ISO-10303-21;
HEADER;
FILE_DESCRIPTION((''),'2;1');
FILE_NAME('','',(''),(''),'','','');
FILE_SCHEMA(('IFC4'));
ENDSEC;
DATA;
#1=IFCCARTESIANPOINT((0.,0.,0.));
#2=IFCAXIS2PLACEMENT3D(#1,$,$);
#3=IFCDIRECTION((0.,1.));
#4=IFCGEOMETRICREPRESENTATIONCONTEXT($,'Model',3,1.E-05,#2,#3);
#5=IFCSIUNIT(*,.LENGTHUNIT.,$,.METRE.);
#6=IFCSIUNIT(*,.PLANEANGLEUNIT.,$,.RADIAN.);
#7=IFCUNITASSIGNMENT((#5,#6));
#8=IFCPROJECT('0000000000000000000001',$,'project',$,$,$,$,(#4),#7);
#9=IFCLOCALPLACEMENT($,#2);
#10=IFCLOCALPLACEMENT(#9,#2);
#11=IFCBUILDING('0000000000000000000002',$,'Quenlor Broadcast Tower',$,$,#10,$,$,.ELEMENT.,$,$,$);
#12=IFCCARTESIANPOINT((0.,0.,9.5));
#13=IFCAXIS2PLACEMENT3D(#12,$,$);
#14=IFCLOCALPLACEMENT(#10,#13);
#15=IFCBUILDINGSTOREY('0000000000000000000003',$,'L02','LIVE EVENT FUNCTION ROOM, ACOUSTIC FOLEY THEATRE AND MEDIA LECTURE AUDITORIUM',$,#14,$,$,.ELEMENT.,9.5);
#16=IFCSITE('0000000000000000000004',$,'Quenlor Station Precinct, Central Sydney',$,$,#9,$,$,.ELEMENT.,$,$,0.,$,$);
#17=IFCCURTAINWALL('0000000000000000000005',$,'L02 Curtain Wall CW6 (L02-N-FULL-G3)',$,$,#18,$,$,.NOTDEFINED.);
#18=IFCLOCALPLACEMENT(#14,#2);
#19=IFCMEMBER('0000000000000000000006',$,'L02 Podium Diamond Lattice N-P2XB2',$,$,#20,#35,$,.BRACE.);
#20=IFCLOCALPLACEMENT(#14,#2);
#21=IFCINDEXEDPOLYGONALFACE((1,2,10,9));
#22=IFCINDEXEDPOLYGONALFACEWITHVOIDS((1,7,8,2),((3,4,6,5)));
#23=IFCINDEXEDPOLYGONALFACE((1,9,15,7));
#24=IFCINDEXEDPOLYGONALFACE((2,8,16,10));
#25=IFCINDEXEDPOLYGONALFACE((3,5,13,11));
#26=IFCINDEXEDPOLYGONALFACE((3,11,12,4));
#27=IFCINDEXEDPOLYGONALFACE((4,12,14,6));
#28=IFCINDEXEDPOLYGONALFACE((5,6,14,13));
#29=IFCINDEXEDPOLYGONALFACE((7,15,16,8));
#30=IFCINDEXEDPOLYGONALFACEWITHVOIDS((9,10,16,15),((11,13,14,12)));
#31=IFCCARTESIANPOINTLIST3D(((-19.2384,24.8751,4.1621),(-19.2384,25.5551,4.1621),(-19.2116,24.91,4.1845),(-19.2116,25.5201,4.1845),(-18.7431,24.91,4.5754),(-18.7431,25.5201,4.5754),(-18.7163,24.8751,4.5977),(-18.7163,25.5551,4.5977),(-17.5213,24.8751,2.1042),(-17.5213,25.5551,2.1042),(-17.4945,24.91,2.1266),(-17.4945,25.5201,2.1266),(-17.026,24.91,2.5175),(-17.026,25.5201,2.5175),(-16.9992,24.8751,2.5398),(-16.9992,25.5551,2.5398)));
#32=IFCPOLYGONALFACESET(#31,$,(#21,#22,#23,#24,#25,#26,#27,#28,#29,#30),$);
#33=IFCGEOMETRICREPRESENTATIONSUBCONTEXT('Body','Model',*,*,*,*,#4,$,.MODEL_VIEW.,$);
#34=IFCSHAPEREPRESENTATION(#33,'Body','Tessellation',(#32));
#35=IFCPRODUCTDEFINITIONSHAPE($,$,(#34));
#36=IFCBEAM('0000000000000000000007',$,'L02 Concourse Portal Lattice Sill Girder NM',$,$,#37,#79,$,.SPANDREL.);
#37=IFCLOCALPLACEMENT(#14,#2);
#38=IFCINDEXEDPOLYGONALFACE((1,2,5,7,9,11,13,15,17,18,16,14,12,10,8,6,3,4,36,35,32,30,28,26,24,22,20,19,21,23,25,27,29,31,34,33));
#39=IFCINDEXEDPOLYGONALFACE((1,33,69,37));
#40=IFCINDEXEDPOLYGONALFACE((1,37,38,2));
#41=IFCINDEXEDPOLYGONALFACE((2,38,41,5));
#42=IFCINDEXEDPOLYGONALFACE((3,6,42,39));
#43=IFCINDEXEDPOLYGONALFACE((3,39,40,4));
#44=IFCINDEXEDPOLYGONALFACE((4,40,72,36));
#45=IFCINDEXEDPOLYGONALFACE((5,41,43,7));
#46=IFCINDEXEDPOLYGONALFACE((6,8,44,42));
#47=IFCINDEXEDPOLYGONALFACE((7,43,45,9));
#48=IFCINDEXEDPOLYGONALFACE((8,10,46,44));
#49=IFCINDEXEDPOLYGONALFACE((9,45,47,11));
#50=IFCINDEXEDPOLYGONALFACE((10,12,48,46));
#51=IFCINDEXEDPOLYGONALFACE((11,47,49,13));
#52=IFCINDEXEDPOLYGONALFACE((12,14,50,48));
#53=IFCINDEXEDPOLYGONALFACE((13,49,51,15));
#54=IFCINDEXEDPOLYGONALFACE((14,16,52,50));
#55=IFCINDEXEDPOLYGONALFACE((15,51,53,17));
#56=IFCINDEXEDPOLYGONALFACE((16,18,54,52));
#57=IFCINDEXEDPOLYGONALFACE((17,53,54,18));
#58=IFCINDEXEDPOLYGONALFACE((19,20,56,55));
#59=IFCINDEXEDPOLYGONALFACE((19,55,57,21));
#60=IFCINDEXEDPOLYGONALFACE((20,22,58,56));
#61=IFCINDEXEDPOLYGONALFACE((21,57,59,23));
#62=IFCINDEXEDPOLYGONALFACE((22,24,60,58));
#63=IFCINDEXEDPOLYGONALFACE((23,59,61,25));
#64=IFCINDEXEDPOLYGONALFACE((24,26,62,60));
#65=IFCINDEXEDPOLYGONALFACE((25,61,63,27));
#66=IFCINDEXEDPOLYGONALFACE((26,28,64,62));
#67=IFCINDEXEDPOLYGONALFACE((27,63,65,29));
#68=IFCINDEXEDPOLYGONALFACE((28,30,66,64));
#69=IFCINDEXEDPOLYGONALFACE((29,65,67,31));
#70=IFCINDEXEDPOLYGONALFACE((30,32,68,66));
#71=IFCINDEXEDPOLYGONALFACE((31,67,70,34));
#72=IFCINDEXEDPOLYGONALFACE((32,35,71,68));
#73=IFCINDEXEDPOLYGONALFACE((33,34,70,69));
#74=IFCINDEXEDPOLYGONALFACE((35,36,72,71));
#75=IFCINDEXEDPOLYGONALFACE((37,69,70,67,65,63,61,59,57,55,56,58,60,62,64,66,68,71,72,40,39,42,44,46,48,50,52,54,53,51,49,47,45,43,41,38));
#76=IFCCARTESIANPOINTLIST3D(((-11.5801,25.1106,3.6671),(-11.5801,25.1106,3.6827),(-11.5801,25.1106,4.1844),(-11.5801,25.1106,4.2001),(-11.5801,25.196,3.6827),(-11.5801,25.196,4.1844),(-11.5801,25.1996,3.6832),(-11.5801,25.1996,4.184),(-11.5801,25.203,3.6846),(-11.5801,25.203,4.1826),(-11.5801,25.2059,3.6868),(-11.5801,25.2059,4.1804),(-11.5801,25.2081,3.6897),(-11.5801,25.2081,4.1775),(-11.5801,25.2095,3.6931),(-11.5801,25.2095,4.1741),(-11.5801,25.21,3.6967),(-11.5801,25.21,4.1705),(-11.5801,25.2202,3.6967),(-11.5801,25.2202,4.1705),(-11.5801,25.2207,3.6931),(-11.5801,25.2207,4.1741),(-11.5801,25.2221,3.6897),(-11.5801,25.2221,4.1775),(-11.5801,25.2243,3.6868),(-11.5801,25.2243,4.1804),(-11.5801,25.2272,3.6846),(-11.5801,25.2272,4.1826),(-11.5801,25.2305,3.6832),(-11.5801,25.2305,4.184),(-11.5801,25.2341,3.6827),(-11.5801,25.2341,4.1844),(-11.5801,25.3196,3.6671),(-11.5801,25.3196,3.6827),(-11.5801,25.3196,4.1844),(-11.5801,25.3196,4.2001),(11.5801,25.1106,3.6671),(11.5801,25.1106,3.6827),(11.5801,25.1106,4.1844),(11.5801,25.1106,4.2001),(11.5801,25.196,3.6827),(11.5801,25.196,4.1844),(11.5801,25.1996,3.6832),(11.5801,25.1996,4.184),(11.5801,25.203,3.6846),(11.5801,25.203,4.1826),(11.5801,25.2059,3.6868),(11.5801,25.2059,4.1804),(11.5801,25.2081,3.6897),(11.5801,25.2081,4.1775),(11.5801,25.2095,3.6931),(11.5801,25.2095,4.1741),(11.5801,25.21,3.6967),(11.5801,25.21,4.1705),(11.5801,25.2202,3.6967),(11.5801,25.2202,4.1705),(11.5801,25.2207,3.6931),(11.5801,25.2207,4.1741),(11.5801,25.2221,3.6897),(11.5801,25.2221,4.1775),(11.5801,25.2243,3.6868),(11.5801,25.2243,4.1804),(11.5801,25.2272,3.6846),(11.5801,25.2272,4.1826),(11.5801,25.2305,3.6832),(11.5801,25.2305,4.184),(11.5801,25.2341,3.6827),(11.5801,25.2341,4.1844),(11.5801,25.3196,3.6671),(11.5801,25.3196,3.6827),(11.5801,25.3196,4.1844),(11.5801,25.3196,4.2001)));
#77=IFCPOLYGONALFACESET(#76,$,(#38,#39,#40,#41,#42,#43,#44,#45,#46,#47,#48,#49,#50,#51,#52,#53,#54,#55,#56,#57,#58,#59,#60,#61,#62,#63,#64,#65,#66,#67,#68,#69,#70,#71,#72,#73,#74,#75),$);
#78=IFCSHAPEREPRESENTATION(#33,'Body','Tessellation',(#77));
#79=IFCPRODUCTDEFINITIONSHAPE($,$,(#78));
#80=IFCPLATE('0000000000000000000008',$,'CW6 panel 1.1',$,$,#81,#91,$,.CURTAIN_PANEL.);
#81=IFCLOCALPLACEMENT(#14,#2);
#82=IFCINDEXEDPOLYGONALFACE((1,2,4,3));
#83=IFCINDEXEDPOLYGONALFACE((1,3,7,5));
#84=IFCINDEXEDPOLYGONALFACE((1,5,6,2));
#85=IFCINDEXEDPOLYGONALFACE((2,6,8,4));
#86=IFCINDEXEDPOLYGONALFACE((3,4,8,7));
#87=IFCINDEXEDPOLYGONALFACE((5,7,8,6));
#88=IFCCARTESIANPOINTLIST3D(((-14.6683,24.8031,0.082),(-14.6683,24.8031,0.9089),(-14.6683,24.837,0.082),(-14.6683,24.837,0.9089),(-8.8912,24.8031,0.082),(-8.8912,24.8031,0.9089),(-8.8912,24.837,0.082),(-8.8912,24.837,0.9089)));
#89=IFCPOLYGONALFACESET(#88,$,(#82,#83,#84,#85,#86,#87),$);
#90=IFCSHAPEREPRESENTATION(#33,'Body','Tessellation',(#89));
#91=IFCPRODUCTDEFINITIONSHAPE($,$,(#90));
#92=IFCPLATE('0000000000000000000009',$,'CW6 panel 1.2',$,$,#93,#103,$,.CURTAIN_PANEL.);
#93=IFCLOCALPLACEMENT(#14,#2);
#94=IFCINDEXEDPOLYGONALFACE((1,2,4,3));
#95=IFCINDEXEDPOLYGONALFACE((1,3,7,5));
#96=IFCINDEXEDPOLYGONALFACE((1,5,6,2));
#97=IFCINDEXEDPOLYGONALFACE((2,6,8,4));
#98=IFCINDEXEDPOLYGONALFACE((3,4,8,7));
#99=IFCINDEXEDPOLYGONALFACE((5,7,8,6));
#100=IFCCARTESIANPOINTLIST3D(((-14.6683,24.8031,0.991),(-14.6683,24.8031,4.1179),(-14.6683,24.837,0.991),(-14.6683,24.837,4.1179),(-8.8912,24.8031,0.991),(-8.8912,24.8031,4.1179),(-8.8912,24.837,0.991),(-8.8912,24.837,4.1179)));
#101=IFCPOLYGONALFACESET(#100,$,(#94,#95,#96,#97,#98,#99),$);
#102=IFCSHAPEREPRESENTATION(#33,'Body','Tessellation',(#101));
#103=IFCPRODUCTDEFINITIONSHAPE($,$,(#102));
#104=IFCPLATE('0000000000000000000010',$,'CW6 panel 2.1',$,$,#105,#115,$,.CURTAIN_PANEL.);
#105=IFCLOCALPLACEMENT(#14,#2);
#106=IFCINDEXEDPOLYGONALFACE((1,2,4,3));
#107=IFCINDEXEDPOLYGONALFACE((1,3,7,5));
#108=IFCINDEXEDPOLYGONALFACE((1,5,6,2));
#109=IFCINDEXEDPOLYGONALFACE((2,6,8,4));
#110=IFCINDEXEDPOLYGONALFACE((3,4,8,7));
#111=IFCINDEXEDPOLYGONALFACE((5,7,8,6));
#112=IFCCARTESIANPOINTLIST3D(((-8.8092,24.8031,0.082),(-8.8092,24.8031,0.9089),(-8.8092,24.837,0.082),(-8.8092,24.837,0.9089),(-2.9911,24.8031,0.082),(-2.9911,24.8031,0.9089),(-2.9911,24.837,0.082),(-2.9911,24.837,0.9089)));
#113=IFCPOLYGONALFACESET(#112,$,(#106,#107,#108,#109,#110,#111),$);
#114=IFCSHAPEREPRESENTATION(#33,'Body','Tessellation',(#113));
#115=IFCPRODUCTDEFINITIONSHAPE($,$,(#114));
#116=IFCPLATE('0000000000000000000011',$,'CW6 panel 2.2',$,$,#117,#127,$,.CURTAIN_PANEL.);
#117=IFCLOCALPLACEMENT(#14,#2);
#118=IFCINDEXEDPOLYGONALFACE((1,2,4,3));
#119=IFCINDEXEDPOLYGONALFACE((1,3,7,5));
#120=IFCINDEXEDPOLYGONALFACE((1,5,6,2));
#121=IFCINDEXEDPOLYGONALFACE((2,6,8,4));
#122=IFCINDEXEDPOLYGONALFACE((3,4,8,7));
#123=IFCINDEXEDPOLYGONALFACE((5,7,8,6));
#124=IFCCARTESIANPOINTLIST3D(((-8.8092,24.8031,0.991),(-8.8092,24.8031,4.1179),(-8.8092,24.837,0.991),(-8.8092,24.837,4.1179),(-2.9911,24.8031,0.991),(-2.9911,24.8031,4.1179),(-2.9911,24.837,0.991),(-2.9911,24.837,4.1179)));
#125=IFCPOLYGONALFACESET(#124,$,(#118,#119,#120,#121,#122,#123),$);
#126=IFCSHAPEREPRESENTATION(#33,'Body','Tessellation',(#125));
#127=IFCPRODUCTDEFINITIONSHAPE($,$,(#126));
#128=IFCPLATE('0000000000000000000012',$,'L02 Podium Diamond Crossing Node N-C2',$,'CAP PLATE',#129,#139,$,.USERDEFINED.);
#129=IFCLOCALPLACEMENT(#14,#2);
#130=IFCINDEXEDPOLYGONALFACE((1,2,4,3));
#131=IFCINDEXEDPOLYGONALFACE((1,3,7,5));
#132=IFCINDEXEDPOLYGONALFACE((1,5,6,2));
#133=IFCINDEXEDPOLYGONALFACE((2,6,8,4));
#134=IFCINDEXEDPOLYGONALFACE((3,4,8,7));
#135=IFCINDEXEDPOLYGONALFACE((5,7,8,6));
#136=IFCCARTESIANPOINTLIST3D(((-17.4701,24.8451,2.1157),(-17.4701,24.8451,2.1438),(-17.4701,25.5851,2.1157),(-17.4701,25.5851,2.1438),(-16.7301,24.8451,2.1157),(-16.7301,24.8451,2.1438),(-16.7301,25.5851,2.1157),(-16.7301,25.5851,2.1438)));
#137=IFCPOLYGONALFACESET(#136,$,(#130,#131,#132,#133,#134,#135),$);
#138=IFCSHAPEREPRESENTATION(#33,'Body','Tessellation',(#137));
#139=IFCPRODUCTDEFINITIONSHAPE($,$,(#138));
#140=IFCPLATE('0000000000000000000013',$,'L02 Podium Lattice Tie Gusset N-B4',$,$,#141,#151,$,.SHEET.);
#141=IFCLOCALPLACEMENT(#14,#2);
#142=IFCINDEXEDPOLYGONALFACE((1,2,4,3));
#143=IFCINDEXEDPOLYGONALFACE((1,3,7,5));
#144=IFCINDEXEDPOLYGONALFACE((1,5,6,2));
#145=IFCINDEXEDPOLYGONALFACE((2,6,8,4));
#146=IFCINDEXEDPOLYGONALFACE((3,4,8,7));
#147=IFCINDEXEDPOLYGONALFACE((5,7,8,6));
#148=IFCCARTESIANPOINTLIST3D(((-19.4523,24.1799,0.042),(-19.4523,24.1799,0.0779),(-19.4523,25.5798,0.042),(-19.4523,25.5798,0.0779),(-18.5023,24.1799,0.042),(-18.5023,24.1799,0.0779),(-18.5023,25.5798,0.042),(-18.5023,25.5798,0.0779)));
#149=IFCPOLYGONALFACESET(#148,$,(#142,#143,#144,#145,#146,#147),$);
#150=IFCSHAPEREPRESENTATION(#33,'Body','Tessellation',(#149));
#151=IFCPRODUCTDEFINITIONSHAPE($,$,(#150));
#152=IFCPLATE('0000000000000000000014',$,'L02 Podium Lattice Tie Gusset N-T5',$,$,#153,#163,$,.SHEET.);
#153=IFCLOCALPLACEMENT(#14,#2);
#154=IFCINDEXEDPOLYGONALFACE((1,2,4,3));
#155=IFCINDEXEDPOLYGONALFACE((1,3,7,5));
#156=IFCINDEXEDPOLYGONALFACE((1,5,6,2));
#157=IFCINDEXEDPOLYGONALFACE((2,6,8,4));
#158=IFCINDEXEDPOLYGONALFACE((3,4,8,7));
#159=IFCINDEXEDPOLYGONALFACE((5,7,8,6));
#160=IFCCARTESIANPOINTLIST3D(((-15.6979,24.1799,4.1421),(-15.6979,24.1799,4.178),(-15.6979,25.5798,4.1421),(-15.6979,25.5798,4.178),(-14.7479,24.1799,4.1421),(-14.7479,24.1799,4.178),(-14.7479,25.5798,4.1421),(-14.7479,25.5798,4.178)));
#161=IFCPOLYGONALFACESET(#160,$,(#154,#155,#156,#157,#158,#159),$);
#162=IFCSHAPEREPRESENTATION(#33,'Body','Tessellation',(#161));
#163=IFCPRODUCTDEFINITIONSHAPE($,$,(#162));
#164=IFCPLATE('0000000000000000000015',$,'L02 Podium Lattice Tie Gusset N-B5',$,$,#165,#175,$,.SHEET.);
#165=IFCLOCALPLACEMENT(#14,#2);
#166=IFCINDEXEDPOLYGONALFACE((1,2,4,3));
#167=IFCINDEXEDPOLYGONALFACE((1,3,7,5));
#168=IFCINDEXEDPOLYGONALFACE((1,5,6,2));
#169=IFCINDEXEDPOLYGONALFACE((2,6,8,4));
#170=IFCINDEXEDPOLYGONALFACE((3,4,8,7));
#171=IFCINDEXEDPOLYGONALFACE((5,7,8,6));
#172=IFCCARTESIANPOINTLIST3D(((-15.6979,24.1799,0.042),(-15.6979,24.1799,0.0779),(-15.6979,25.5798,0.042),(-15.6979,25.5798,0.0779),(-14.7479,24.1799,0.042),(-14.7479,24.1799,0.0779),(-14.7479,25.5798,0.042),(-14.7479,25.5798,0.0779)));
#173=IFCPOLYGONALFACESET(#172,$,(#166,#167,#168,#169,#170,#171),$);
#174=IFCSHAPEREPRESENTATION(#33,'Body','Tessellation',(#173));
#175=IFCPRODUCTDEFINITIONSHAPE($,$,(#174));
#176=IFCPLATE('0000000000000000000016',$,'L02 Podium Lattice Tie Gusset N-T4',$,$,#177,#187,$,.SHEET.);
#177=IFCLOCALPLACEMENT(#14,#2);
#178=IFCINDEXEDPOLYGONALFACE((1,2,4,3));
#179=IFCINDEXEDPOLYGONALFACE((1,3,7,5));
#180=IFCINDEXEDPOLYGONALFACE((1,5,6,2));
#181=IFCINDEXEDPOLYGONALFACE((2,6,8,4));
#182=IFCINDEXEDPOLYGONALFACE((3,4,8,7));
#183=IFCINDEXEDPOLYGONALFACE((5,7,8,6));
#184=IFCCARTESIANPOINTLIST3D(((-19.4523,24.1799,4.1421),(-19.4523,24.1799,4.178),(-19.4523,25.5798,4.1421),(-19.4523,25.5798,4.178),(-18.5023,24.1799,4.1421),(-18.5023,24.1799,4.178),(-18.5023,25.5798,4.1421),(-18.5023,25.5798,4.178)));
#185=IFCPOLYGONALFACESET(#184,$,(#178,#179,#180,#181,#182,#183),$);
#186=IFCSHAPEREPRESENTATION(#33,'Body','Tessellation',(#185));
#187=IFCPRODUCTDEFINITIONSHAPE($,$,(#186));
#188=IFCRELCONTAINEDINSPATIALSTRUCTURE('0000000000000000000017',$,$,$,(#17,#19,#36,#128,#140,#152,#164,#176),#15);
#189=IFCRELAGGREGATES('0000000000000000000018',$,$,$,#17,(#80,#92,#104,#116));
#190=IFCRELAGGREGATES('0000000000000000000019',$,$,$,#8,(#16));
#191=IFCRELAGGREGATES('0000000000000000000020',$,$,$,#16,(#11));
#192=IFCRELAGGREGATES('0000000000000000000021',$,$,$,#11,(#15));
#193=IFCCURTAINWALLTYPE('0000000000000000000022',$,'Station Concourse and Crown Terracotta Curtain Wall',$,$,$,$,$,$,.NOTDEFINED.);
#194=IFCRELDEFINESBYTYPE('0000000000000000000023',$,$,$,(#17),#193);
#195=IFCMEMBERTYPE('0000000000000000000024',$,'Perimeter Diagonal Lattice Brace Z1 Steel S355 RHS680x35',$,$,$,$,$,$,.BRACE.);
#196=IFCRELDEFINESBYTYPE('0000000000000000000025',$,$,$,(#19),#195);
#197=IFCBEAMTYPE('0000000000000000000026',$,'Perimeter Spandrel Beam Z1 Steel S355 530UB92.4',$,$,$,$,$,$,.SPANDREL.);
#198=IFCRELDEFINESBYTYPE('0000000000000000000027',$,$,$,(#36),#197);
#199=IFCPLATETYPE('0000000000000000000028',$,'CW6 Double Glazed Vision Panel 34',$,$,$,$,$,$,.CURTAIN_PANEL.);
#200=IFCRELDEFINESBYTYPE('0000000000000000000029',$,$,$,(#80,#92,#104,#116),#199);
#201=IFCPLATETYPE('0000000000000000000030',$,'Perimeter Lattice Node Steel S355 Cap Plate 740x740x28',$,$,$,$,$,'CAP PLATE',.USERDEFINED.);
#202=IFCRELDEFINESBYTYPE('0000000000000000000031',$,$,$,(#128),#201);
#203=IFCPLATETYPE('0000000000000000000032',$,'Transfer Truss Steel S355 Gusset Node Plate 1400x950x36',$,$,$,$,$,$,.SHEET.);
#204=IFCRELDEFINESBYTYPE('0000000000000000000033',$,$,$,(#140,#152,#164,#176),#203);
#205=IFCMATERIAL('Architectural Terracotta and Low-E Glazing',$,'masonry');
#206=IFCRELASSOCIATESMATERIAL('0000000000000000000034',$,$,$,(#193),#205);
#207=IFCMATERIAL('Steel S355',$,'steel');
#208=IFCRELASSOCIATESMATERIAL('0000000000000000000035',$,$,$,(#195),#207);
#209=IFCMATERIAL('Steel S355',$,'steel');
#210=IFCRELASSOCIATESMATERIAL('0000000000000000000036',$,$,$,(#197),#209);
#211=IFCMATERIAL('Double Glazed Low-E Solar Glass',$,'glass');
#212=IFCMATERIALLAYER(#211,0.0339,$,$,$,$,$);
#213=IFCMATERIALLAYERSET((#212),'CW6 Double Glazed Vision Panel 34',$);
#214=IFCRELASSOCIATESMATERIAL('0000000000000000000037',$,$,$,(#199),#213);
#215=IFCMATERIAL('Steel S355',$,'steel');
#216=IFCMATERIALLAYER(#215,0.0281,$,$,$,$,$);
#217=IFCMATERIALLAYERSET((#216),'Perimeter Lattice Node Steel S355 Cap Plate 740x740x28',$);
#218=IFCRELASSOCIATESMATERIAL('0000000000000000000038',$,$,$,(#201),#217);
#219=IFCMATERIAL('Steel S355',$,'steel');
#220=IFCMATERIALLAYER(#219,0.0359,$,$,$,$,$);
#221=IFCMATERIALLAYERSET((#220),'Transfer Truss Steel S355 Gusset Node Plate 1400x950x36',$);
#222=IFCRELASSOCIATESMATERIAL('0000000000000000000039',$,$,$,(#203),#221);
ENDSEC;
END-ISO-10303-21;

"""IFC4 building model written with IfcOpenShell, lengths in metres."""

from ifc_helpers import new_model, si_unit, direction, frame, origin, origin_2d, place, context, subcontext, project, spatial, rectangle, hollow_rectangle, i_section, extrude, material, layer, layer_set, material_profile, profile_set, type_object, element, aggregate, save


model = new_model("IFC4")

# Units and contexts
model_context = context("Model", 3, precision=1e-05, world=origin(), true_north=direction((0.0, 1.0)))
body_context = subcontext(model_context, "Body", "Model", "MODEL_VIEW")
ifc_project = project(units=[si_unit("LENGTHUNIT", "METRE"), si_unit("PLANEANGLEUNIT", "RADIAN")], contexts=[model_context])

# Site, building, storey
site_placement = place(None, origin())
site = spatial("IfcSite", under=ifc_project, at=site_placement, Name="Quenlor Station Precinct, Central Sydney", CompositionType="ELEMENT", RefElevation=0.0)
building_placement = place(site_placement, origin())
building = spatial("IfcBuilding", under=site, at=building_placement, Name="Quenlor Broadcast Tower", CompositionType="ELEMENT")
storey_placement = place(building_placement, frame((0.0, 0.0, 9.5)))
storey = spatial("IfcBuildingStorey", under=building, at=storey_placement, Name="L02", Description="LIVE EVENT FUNCTION ROOM, ACOUSTIC FOLEY THEATRE AND MEDIA LECTURE AUDITORIUM", CompositionType="ELEMENT", Elevation=9.5)

# Curtain wall
ifc_material_1 = material(Name="Architectural Terracotta and Low-E Glazing", Category="masonry")
curtain_wall_type = type_object("IfcCurtainWallType", Name="Station Concourse and Crown Terracotta Curtain Wall", PredefinedType="NOTDEFINED", material=ifc_material_1)
curtain_wall_placement = place(storey_placement, origin())
curtain_wall = element("IfcCurtainWall", 1, at=curtain_wall_placement, inside=storey, type_object=curtain_wall_type, Name="L02 Curtain Wall CW6 (L02-N-FULL-G3)", PredefinedType="NOTDEFINED")

# Member
ifc_material_2 = material(Name="Steel S355", Category="steel")
ifc_material_profile_1 = material_profile(ifc_material_2, hollow_rectangle(XDim=0.6799, YDim=0.6799, WallThickness=0.0349, at=origin_2d()))
ifc_profile_set_1 = profile_set([ifc_material_profile_1], Name="Steel S355 RHS680x680x35")
member_type_1 = type_object("IfcMemberType", Name="Perimeter Diagonal Lattice Brace Z1 Steel S355 RHS680x35", PredefinedType="BRACE", material=ifc_profile_set_1)
for number, where, z_axis, x_axis, name in (
    (2, (-17.2603, 25.2151, 2.322), (-0.640659, 0.0, 0.767825), (0.0, -1.0, 0.0), "L02 Podium Diamond Lattice N-P2XB2"),
):
    element("IfcMember", number, at=place(storey_placement, frame(where, z_axis=z_axis, x_axis=x_axis)), inside=storey, type_object=member_type_1, Name=name, PredefinedType="BRACE", context=body_context, shape_type="SweptSolid", body=[
        extrude(hollow_rectangle(XDim=0.6799, YDim=0.6799, WallThickness=0.0349, at=origin_2d()), origin(), (0.0, 0.0, 1.0), 2.6802),
    ])

# Beam
ifc_material_3 = material(Name="Steel S355", Category="steel")
ifc_material_profile_2 = material_profile(ifc_material_3, i_section(OverallWidth=0.209, OverallDepth=0.533, WebThickness=0.0103, FlangeThickness=0.0156, FilletRadius=0.0139, at=origin_2d()))
ifc_profile_set_2 = profile_set([ifc_material_profile_2], Name="Steel S355 530UB92.4")
beam_type = type_object("IfcBeamType", Name="Perimeter Spandrel Beam Z1 Steel S355 530UB92.4", PredefinedType="SPANDREL", material=ifc_profile_set_2)
beam_placement = place(storey_placement, frame((-11.5801, 25.2151, 3.9336), z_axis=(1.0, 0.0, 0.0), x_axis=(0.0, 1.0, 0.0)))
element("IfcBeam", 3, at=beam_placement, inside=storey, type_object=beam_type, Name="L02 Concourse Portal Lattice Sill Girder NM", PredefinedType="SPANDREL", context=body_context, shape_type="SweptSolid", body=[
    extrude(i_section(OverallWidth=0.209, OverallDepth=0.533, WebThickness=0.0103, FlangeThickness=0.0156, FilletRadius=0.0139, at=origin_2d()), origin(), (0.0, 0.0, 1.0), 23.1602),
])

# Plates
ifc_material_4 = material(Name="Double Glazed Low-E Solar Glass", Category="glass")
ifc_layer_1 = layer(ifc_material_4, 0.0339)
ifc_layer_set_1 = layer_set([ifc_layer_1], Name="CW6 Double Glazed Vision Panel 34")
plate_type_1 = type_object("IfcPlateType", Name="CW6 Double Glazed Vision Panel 34", PredefinedType="CURTAIN_PANEL", material=ifc_layer_set_1)
plate_1_placement = place(storey_placement, frame((-11.7798, 24.8201, 0.082), z_axis=(0.0, 0.0, 1.0), x_axis=(1.0, 0.0, 0.0)))
plate_1 = element("IfcPlate", 4, at=plate_1_placement, type_object=plate_type_1, Name="CW6 panel 1.1", PredefinedType="CURTAIN_PANEL", context=body_context, shape_type="SweptSolid", body=[
    extrude(rectangle(XDim=5.7771, YDim=0.0339, at=origin_2d()), origin(), (0.0, 0.0, 1.0), 0.8269),
])
plate_2_placement = place(storey_placement, frame((-11.7798, 24.8201, 0.991), z_axis=(0.0, 0.0, 1.0), x_axis=(1.0, 0.0, 0.0)))
plate_2 = element("IfcPlate", 5, at=plate_2_placement, type_object=plate_type_1, Name="CW6 panel 1.2", PredefinedType="CURTAIN_PANEL", context=body_context, shape_type="SweptSolid", body=[
    extrude(rectangle(XDim=5.7771, YDim=0.0339, at=origin_2d()), origin(), (0.0, 0.0, 1.0), 3.127),
])
plate_3_placement = place(storey_placement, frame((-5.9001, 24.8201, 0.082), z_axis=(0.0, 0.0, 1.0), x_axis=(1.0, 0.0, 0.0)))
plate_3 = element("IfcPlate", 6, at=plate_3_placement, type_object=plate_type_1, Name="CW6 panel 2.1", PredefinedType="CURTAIN_PANEL", context=body_context, shape_type="SweptSolid", body=[
    extrude(rectangle(XDim=5.8181, YDim=0.0339, at=origin_2d()), origin(), (0.0, 0.0, 1.0), 0.8269),
])
plate_4_placement = place(storey_placement, frame((-5.9001, 24.8201, 0.991), z_axis=(0.0, 0.0, 1.0), x_axis=(1.0, 0.0, 0.0)))
plate_4 = element("IfcPlate", 7, at=plate_4_placement, type_object=plate_type_1, Name="CW6 panel 2.2", PredefinedType="CURTAIN_PANEL", context=body_context, shape_type="SweptSolid", body=[
    extrude(rectangle(XDim=5.8181, YDim=0.0339, at=origin_2d()), origin(), (0.0, 0.0, 1.0), 3.127),
])
aggregate(curtain_wall, [plate_1, plate_2, plate_3, plate_4])

# Plates
ifc_material_5 = material(Name="Steel S355", Category="steel")
ifc_layer_2 = layer(ifc_material_5, 0.0281)
ifc_layer_set_2 = layer_set([ifc_layer_2], Name="Perimeter Lattice Node Steel S355 Cap Plate 740x740x28")
plate_type_2 = type_object("IfcPlateType", Name="Perimeter Lattice Node Steel S355 Cap Plate 740x740x28", ElementType="CAP PLATE", PredefinedType="USERDEFINED", material=ifc_layer_set_2)
plate_5_placement = place(storey_placement, frame((-17.1001, 25.2151, 2.1157), z_axis=(0.0, 0.0, 1.0), x_axis=(1.0, 0.0, 0.0)))
element("IfcPlate", 8, at=plate_5_placement, inside=storey, type_object=plate_type_2, Name="L02 Podium Diamond Crossing Node N-C2", ObjectType="CAP PLATE", PredefinedType="USERDEFINED", context=body_context, shape_type="SweptSolid", body=[
    extrude(rectangle(XDim=0.74, YDim=0.74, at=origin_2d()), origin(), (0.0, 0.0, 1.0), 0.0281),
])
ifc_material_6 = material(Name="Steel S355", Category="steel")
ifc_layer_3 = layer(ifc_material_6, 0.0359)
ifc_layer_set_3 = layer_set([ifc_layer_3], Name="Transfer Truss Steel S355 Gusset Node Plate 1400x950x36")
plate_type_3 = type_object("IfcPlateType", Name="Transfer Truss Steel S355 Gusset Node Plate 1400x950x36", PredefinedType="SHEET", material=ifc_layer_set_3)
for number, where, z_axis, x_axis, name in (
    (9, (-18.9773, 24.8799, 0.042), (0.0, 0.0, 1.0), (0.0, 1.0, 0.0), "L02 Podium Lattice Tie Gusset N-B4"),
    (10, (-15.2229, 24.8799, 4.1421), (0.0, 0.0, 1.0), (0.0, 1.0, 0.0), "L02 Podium Lattice Tie Gusset N-T5"),
    (11, (-15.2229, 24.8799, 0.042), (0.0, 0.0, 1.0), (0.0, 1.0, 0.0), "L02 Podium Lattice Tie Gusset N-B5"),
    (12, (-18.9773, 24.8799, 4.1421), (0.0, 0.0, 1.0), (0.0, 1.0, 0.0), "L02 Podium Lattice Tie Gusset N-T4"),
):
    element("IfcPlate", number, at=place(storey_placement, frame(where, z_axis=z_axis, x_axis=x_axis)), inside=storey, type_object=plate_type_3, Name=name, PredefinedType="SHEET", context=body_context, shape_type="SweptSolid", body=[
        extrude(rectangle(XDim=1.3999, YDim=0.95, at=origin_2d()), origin(), (0.0, 0.0, 1.0), 0.0359),
    ])

save(model, "model.ifc")
